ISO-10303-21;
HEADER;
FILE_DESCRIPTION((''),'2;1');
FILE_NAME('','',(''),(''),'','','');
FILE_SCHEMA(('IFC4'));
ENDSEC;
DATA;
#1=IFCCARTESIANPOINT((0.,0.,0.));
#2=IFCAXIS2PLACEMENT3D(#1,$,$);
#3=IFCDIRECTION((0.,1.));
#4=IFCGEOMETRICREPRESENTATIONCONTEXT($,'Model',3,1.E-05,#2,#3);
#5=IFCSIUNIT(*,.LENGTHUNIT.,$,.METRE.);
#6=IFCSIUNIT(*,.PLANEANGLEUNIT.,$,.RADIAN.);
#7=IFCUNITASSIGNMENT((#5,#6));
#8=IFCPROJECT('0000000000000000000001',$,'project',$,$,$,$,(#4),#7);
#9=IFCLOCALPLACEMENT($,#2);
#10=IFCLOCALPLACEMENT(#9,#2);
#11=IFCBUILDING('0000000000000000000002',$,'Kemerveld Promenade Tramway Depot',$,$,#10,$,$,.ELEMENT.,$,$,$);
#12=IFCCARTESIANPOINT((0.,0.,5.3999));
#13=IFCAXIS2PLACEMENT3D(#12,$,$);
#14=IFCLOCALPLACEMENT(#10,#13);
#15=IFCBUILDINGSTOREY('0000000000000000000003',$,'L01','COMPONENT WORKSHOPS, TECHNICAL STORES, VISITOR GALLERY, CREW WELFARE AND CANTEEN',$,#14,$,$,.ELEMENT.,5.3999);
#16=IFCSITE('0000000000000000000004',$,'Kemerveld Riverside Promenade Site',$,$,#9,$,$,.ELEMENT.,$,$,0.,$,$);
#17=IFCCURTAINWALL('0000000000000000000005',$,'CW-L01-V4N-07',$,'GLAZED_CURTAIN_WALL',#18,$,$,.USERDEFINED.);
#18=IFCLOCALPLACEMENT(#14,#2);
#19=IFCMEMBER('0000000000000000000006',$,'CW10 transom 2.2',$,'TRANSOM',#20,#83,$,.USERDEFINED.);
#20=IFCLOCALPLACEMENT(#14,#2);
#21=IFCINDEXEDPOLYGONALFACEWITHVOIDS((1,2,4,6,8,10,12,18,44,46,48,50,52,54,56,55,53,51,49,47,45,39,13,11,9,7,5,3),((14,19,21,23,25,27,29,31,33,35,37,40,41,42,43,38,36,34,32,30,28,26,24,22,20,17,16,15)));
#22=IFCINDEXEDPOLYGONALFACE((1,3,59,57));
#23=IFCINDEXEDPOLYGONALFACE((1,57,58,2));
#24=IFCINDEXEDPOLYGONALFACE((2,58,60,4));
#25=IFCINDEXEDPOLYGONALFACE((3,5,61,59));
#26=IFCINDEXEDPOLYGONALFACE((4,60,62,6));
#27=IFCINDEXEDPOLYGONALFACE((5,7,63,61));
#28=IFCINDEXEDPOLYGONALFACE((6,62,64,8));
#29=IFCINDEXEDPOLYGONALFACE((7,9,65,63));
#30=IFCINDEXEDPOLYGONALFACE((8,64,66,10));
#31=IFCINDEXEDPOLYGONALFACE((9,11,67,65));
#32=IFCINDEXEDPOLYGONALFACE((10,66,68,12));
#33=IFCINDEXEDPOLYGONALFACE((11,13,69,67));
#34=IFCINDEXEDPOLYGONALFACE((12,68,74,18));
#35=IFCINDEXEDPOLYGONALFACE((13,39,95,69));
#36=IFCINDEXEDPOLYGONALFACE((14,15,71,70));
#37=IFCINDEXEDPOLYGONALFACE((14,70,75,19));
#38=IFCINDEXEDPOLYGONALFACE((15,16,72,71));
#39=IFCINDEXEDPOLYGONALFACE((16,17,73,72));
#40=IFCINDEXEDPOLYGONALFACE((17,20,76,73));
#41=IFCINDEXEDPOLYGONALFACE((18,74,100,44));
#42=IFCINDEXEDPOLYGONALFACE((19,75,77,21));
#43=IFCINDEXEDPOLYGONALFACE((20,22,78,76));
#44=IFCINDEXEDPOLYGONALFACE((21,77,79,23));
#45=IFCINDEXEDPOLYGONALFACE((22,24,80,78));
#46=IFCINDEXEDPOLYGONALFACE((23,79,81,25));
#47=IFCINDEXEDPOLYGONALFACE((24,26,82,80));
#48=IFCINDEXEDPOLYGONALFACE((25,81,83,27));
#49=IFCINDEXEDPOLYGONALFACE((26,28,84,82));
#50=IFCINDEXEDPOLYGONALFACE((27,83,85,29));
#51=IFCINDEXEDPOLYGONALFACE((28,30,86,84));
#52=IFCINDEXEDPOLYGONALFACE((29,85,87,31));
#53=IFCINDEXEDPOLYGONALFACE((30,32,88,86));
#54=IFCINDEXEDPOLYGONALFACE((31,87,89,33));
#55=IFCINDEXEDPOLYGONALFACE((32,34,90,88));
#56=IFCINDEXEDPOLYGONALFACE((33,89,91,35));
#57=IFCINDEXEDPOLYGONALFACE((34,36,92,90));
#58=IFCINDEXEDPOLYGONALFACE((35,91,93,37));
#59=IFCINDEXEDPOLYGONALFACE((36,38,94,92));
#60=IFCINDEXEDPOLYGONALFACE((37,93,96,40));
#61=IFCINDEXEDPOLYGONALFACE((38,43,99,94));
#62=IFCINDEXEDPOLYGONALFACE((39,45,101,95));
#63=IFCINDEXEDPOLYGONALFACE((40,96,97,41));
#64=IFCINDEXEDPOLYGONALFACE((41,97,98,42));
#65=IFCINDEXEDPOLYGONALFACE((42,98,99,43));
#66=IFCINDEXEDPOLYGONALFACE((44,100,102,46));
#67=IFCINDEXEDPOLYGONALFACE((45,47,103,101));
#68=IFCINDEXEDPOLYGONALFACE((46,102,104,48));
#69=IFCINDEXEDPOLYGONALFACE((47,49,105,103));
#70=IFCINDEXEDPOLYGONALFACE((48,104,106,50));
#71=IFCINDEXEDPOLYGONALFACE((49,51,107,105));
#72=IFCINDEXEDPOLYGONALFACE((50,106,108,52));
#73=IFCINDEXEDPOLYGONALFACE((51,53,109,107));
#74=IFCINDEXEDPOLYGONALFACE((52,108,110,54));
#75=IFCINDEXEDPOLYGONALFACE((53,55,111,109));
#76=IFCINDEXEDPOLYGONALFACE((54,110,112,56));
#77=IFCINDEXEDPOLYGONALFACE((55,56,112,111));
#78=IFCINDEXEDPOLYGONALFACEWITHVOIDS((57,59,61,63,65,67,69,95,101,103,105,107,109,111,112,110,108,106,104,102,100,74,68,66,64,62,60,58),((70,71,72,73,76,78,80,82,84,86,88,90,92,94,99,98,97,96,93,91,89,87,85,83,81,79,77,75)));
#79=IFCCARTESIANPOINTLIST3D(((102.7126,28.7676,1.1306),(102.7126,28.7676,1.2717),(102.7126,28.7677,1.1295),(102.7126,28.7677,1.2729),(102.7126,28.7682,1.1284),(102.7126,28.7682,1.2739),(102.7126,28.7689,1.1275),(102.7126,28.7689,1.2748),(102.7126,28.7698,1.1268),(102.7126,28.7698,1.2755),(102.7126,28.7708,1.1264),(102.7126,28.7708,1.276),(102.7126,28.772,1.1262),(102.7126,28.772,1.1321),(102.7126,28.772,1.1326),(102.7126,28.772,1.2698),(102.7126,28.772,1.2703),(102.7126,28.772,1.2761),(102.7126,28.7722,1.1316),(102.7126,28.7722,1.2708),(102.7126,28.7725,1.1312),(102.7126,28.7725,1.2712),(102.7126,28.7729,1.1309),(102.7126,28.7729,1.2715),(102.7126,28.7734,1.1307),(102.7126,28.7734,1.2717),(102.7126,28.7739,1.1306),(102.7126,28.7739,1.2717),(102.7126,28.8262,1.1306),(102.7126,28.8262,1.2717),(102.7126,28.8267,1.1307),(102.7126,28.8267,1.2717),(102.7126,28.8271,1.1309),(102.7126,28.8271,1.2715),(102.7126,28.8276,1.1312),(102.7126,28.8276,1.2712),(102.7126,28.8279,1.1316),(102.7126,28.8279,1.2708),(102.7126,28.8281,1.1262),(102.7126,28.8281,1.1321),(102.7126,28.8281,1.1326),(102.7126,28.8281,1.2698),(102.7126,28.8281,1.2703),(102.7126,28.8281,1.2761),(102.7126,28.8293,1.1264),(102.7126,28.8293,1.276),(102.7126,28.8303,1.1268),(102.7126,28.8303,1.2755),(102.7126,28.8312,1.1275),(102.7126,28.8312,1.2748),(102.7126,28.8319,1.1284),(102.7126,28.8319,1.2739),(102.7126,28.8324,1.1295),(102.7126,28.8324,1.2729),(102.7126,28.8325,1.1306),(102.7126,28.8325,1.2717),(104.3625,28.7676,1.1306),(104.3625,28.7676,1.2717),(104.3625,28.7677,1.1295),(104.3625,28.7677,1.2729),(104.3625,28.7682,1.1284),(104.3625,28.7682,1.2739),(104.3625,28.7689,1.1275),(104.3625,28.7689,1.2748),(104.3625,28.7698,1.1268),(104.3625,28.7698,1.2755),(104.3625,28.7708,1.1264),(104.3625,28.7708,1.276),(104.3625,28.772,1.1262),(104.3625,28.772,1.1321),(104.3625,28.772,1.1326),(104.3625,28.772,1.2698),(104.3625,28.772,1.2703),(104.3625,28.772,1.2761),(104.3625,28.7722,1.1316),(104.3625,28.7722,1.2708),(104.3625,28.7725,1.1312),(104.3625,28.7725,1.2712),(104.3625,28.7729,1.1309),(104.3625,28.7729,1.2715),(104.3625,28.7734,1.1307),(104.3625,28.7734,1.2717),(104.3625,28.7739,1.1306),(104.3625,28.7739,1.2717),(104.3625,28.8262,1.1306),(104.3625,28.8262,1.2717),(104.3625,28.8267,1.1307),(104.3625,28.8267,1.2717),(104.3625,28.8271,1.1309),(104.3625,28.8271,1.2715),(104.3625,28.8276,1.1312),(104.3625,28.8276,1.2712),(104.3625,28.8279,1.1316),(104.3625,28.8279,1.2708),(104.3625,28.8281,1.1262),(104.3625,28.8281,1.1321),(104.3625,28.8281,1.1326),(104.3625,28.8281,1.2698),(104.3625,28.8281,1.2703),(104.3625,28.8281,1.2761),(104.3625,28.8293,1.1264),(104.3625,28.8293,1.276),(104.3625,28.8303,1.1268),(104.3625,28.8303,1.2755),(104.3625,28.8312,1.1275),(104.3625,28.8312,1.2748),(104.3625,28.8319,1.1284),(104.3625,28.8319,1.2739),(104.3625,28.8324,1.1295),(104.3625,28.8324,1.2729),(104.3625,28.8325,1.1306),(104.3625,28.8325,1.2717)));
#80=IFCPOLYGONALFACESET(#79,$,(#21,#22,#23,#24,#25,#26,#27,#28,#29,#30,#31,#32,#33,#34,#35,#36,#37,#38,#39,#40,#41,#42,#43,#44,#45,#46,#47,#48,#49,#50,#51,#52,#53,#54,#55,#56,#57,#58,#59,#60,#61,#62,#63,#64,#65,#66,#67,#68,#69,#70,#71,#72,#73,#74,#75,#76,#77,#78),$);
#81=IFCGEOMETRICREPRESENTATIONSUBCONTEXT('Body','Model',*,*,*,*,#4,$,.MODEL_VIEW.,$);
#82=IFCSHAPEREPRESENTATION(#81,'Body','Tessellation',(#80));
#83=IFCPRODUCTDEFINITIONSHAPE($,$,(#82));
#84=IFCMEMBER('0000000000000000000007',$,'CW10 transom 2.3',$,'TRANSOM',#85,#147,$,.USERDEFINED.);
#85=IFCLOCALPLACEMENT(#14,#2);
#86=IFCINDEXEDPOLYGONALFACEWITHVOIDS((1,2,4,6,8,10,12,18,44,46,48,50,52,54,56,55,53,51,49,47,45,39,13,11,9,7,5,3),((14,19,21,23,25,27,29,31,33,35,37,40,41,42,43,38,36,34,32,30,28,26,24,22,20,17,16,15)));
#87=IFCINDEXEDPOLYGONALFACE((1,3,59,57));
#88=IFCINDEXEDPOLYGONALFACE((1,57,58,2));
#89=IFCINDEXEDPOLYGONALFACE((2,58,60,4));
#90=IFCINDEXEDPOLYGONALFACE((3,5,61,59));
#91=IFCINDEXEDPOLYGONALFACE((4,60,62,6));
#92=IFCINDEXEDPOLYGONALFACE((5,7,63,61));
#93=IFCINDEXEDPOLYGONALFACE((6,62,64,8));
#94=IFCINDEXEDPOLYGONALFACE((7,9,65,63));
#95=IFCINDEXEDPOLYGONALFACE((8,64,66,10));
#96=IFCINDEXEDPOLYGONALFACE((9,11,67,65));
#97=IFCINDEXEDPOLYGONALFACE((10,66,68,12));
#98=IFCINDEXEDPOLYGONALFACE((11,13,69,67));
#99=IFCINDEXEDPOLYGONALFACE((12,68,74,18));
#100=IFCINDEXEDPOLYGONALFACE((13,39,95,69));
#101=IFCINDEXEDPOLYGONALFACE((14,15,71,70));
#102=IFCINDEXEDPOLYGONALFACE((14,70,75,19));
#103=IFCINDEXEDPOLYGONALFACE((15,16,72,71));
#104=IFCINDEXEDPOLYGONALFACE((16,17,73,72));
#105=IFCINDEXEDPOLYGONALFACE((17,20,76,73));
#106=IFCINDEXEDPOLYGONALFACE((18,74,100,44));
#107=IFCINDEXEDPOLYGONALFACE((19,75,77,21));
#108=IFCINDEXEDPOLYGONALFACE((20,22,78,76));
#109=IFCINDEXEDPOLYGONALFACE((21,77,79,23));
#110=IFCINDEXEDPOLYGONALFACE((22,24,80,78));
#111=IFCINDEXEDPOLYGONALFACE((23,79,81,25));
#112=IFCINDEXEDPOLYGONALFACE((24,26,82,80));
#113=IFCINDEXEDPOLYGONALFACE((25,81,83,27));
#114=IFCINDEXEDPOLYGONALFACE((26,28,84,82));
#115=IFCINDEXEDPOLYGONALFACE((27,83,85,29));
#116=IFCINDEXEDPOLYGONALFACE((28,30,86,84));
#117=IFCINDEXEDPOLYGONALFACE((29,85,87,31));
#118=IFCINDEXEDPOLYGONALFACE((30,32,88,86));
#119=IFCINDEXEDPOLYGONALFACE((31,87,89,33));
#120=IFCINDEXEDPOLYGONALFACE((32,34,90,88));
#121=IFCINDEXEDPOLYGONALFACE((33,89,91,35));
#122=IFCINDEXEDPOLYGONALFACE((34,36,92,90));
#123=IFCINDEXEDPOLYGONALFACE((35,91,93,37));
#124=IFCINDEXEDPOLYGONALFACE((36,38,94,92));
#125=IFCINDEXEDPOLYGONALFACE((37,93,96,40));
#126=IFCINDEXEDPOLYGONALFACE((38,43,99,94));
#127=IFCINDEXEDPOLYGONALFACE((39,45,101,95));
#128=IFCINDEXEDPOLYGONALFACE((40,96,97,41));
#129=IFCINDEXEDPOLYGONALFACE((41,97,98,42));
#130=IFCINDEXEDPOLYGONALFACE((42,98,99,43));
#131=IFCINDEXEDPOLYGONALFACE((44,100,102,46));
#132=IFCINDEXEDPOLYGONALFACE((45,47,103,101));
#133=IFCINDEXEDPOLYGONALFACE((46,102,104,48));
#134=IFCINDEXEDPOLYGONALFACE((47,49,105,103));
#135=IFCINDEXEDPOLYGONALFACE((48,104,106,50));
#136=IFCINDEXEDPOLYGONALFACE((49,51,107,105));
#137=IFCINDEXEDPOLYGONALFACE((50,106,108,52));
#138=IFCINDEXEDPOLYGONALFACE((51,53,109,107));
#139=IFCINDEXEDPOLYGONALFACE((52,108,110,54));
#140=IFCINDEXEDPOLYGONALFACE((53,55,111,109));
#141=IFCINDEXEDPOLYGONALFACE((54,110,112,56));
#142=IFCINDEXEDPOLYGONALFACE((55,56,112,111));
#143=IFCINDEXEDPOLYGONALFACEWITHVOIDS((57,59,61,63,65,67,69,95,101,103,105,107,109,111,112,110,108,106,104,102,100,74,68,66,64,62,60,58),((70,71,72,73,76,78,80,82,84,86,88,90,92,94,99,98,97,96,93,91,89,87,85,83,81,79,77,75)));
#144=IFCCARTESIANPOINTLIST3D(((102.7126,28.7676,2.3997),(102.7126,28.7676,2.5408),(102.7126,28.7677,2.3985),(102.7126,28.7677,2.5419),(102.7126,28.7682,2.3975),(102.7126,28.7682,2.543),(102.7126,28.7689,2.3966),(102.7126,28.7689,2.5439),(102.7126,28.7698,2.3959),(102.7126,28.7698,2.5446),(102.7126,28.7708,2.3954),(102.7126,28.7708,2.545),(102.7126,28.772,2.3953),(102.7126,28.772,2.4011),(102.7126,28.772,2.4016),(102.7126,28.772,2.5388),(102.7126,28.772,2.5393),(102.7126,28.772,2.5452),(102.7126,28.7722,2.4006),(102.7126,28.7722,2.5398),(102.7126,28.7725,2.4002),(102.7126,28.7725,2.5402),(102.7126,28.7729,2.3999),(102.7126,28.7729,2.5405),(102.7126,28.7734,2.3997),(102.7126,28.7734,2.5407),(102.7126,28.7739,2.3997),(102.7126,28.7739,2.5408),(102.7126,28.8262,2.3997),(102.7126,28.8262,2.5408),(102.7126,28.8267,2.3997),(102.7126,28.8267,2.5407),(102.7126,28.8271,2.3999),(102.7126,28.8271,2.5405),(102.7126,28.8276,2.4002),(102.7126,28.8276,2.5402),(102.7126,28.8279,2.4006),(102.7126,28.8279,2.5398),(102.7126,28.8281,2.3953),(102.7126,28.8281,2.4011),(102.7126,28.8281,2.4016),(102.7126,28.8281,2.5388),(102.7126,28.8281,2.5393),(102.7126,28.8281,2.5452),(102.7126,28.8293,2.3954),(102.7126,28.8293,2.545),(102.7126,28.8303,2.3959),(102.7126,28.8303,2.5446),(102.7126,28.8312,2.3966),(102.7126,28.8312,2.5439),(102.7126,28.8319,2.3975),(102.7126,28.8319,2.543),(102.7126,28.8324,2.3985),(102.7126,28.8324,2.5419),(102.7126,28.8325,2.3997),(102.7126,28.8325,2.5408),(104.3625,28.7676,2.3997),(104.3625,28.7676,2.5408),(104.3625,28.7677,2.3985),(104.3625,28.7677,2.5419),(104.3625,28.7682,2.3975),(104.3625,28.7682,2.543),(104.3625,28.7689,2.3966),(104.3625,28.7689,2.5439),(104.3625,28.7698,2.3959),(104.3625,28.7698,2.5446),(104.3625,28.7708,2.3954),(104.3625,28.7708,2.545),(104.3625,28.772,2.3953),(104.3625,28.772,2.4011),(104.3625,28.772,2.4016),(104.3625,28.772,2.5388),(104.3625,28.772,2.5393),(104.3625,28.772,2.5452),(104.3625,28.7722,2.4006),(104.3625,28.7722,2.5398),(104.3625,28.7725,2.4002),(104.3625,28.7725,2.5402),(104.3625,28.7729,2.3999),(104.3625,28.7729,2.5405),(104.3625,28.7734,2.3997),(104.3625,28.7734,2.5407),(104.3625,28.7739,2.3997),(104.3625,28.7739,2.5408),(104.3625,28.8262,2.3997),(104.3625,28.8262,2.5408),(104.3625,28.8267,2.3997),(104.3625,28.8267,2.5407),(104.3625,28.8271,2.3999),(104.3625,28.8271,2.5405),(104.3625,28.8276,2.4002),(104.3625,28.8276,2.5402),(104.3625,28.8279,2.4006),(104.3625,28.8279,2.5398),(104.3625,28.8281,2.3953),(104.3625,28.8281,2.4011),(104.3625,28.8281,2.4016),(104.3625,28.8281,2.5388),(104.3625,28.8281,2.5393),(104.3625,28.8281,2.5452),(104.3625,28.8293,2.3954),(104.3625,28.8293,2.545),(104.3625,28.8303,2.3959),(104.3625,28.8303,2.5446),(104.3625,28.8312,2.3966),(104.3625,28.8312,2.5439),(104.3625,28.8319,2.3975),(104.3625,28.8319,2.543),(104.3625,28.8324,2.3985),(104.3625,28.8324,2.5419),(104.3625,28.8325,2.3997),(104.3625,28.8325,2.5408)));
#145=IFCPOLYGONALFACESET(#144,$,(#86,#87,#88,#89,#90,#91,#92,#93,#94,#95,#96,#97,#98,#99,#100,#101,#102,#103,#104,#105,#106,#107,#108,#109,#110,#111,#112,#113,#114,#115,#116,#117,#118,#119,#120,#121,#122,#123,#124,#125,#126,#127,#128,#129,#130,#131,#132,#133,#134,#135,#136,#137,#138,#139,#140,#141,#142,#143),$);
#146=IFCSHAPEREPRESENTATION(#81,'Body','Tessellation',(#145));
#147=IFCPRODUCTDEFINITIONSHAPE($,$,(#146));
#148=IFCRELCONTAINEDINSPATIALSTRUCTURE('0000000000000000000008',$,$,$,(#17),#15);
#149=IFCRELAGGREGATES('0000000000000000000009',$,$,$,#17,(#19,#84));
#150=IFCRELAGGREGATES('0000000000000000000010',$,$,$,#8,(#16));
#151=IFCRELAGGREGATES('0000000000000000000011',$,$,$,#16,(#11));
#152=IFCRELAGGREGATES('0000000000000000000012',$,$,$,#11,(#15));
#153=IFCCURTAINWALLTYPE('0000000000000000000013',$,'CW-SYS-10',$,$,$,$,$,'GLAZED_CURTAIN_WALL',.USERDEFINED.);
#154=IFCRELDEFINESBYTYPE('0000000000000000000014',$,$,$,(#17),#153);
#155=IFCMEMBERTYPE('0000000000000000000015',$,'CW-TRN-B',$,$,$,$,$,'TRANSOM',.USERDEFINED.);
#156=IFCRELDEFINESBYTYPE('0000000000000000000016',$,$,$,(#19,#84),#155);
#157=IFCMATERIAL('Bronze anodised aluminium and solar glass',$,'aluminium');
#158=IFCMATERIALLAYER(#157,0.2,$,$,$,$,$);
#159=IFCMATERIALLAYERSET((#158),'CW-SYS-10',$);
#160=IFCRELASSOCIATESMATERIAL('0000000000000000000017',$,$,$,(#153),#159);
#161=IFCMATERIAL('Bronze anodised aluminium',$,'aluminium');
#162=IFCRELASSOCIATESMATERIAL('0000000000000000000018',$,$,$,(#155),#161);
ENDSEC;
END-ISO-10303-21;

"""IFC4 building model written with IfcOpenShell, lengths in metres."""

from ifc_helpers import new_model, si_unit, direction, frame, origin, origin_2d, place, context, subcontext, project, spatial, hollow_rectangle, extrude, material, layer, layer_set, material_profile, profile_set, type_object, element, aggregate, save


model = new_model("IFC4")

# Units and contexts
model_context = context("Model", 3, precision=1e-05, world=origin(), true_north=direction((0.0, 1.0)))
body_context = subcontext(model_context, "Body", "Model", "MODEL_VIEW")
ifc_project = project(units=[si_unit("LENGTHUNIT", "METRE"), si_unit("PLANEANGLEUNIT", "RADIAN")], contexts=[model_context])

# Site, building, storey
site_placement = place(None, origin())
site = spatial("IfcSite", under=ifc_project, at=site_placement, Name="Kemerveld Riverside Promenade Site", CompositionType="ELEMENT", RefElevation=0.0)
building_placement = place(site_placement, origin())
building = spatial("IfcBuilding", under=site, at=building_placement, Name="Kemerveld Promenade Tramway Depot", CompositionType="ELEMENT")
storey_placement = place(building_placement, frame((0.0, 0.0, 5.3999)))
storey = spatial("IfcBuildingStorey", under=building, at=storey_placement, Name="L01", Description="COMPONENT WORKSHOPS, TECHNICAL STORES, VISITOR GALLERY, CREW WELFARE AND CANTEEN", CompositionType="ELEMENT", Elevation=5.3999)

# Curtain wall, members
ifc_material_1 = material(Name="Bronze anodised aluminium and solar glass", Category="aluminium")
ifc_layer_1 = layer(ifc_material_1, 0.2)
ifc_layer_set_1 = layer_set([ifc_layer_1], Name="CW-SYS-10")
curtain_wall_type = type_object("IfcCurtainWallType", Name="CW-SYS-10", ElementType="GLAZED_CURTAIN_WALL", PredefinedType="USERDEFINED", material=ifc_layer_set_1)
curtain_wall_placement = place(storey_placement, origin())
curtain_wall = element("IfcCurtainWall", 1, at=curtain_wall_placement, inside=storey, type_object=curtain_wall_type, Name="CW-L01-V4N-07", ObjectType="GLAZED_CURTAIN_WALL", PredefinedType="USERDEFINED")
ifc_material_2 = material(Name="Bronze anodised aluminium", Category="aluminium")
ifc_material_profile_1 = material_profile(ifc_material_2, hollow_rectangle(XDim=0.0649, YDim=0.1499, WallThickness=0.0044, InnerFilletRadius=0.002, OuterFilletRadius=0.0044, at=origin_2d()), Name="CW-TRN-150x65")
ifc_profile_set_1 = profile_set([ifc_material_profile_1], Name="Bronze anodised aluminium")
member_type_1 = type_object("IfcMemberType", Name="CW-TRN-B", ElementType="TRANSOM", PredefinedType="USERDEFINED", material=ifc_profile_set_1)
member_1_placement = place(storey_placement, frame((102.7126, 28.8, 1.2012), z_axis=(1.0, 0.0, 0.0), x_axis=(0.0, 1.0, 0.0)))
member_1 = element("IfcMember", 2, at=member_1_placement, type_object=member_type_1, Name="CW10 transom 2.2", ObjectType="TRANSOM", PredefinedType="USERDEFINED", context=body_context, shape_type="SweptSolid", body=[
    extrude(hollow_rectangle(XDim=0.0649, YDim=0.1499, WallThickness=0.0044, InnerFilletRadius=0.002, OuterFilletRadius=0.0044, at=origin_2d()), origin(), (0.0, 0.0, 1.0), 1.6499),
])
member_2_placement = place(storey_placement, frame((102.7126, 28.8, 2.4702), z_axis=(1.0, 0.0, 0.0), x_axis=(0.0, 1.0, 0.0)))
member_2 = element("IfcMember", 3, at=member_2_placement, type_object=member_type_1, Name="CW10 transom 2.3", ObjectType="TRANSOM", PredefinedType="USERDEFINED", context=body_context, shape_type="SweptSolid", body=[
    extrude(hollow_rectangle(XDim=0.0649, YDim=0.1499, WallThickness=0.0044, InnerFilletRadius=0.002, OuterFilletRadius=0.0044, at=origin_2d()), origin(), (0.0, 0.0, 1.0), 1.6499),
])
aggregate(curtain_wall, [member_1, member_2])

save(model, "model.ifc")
